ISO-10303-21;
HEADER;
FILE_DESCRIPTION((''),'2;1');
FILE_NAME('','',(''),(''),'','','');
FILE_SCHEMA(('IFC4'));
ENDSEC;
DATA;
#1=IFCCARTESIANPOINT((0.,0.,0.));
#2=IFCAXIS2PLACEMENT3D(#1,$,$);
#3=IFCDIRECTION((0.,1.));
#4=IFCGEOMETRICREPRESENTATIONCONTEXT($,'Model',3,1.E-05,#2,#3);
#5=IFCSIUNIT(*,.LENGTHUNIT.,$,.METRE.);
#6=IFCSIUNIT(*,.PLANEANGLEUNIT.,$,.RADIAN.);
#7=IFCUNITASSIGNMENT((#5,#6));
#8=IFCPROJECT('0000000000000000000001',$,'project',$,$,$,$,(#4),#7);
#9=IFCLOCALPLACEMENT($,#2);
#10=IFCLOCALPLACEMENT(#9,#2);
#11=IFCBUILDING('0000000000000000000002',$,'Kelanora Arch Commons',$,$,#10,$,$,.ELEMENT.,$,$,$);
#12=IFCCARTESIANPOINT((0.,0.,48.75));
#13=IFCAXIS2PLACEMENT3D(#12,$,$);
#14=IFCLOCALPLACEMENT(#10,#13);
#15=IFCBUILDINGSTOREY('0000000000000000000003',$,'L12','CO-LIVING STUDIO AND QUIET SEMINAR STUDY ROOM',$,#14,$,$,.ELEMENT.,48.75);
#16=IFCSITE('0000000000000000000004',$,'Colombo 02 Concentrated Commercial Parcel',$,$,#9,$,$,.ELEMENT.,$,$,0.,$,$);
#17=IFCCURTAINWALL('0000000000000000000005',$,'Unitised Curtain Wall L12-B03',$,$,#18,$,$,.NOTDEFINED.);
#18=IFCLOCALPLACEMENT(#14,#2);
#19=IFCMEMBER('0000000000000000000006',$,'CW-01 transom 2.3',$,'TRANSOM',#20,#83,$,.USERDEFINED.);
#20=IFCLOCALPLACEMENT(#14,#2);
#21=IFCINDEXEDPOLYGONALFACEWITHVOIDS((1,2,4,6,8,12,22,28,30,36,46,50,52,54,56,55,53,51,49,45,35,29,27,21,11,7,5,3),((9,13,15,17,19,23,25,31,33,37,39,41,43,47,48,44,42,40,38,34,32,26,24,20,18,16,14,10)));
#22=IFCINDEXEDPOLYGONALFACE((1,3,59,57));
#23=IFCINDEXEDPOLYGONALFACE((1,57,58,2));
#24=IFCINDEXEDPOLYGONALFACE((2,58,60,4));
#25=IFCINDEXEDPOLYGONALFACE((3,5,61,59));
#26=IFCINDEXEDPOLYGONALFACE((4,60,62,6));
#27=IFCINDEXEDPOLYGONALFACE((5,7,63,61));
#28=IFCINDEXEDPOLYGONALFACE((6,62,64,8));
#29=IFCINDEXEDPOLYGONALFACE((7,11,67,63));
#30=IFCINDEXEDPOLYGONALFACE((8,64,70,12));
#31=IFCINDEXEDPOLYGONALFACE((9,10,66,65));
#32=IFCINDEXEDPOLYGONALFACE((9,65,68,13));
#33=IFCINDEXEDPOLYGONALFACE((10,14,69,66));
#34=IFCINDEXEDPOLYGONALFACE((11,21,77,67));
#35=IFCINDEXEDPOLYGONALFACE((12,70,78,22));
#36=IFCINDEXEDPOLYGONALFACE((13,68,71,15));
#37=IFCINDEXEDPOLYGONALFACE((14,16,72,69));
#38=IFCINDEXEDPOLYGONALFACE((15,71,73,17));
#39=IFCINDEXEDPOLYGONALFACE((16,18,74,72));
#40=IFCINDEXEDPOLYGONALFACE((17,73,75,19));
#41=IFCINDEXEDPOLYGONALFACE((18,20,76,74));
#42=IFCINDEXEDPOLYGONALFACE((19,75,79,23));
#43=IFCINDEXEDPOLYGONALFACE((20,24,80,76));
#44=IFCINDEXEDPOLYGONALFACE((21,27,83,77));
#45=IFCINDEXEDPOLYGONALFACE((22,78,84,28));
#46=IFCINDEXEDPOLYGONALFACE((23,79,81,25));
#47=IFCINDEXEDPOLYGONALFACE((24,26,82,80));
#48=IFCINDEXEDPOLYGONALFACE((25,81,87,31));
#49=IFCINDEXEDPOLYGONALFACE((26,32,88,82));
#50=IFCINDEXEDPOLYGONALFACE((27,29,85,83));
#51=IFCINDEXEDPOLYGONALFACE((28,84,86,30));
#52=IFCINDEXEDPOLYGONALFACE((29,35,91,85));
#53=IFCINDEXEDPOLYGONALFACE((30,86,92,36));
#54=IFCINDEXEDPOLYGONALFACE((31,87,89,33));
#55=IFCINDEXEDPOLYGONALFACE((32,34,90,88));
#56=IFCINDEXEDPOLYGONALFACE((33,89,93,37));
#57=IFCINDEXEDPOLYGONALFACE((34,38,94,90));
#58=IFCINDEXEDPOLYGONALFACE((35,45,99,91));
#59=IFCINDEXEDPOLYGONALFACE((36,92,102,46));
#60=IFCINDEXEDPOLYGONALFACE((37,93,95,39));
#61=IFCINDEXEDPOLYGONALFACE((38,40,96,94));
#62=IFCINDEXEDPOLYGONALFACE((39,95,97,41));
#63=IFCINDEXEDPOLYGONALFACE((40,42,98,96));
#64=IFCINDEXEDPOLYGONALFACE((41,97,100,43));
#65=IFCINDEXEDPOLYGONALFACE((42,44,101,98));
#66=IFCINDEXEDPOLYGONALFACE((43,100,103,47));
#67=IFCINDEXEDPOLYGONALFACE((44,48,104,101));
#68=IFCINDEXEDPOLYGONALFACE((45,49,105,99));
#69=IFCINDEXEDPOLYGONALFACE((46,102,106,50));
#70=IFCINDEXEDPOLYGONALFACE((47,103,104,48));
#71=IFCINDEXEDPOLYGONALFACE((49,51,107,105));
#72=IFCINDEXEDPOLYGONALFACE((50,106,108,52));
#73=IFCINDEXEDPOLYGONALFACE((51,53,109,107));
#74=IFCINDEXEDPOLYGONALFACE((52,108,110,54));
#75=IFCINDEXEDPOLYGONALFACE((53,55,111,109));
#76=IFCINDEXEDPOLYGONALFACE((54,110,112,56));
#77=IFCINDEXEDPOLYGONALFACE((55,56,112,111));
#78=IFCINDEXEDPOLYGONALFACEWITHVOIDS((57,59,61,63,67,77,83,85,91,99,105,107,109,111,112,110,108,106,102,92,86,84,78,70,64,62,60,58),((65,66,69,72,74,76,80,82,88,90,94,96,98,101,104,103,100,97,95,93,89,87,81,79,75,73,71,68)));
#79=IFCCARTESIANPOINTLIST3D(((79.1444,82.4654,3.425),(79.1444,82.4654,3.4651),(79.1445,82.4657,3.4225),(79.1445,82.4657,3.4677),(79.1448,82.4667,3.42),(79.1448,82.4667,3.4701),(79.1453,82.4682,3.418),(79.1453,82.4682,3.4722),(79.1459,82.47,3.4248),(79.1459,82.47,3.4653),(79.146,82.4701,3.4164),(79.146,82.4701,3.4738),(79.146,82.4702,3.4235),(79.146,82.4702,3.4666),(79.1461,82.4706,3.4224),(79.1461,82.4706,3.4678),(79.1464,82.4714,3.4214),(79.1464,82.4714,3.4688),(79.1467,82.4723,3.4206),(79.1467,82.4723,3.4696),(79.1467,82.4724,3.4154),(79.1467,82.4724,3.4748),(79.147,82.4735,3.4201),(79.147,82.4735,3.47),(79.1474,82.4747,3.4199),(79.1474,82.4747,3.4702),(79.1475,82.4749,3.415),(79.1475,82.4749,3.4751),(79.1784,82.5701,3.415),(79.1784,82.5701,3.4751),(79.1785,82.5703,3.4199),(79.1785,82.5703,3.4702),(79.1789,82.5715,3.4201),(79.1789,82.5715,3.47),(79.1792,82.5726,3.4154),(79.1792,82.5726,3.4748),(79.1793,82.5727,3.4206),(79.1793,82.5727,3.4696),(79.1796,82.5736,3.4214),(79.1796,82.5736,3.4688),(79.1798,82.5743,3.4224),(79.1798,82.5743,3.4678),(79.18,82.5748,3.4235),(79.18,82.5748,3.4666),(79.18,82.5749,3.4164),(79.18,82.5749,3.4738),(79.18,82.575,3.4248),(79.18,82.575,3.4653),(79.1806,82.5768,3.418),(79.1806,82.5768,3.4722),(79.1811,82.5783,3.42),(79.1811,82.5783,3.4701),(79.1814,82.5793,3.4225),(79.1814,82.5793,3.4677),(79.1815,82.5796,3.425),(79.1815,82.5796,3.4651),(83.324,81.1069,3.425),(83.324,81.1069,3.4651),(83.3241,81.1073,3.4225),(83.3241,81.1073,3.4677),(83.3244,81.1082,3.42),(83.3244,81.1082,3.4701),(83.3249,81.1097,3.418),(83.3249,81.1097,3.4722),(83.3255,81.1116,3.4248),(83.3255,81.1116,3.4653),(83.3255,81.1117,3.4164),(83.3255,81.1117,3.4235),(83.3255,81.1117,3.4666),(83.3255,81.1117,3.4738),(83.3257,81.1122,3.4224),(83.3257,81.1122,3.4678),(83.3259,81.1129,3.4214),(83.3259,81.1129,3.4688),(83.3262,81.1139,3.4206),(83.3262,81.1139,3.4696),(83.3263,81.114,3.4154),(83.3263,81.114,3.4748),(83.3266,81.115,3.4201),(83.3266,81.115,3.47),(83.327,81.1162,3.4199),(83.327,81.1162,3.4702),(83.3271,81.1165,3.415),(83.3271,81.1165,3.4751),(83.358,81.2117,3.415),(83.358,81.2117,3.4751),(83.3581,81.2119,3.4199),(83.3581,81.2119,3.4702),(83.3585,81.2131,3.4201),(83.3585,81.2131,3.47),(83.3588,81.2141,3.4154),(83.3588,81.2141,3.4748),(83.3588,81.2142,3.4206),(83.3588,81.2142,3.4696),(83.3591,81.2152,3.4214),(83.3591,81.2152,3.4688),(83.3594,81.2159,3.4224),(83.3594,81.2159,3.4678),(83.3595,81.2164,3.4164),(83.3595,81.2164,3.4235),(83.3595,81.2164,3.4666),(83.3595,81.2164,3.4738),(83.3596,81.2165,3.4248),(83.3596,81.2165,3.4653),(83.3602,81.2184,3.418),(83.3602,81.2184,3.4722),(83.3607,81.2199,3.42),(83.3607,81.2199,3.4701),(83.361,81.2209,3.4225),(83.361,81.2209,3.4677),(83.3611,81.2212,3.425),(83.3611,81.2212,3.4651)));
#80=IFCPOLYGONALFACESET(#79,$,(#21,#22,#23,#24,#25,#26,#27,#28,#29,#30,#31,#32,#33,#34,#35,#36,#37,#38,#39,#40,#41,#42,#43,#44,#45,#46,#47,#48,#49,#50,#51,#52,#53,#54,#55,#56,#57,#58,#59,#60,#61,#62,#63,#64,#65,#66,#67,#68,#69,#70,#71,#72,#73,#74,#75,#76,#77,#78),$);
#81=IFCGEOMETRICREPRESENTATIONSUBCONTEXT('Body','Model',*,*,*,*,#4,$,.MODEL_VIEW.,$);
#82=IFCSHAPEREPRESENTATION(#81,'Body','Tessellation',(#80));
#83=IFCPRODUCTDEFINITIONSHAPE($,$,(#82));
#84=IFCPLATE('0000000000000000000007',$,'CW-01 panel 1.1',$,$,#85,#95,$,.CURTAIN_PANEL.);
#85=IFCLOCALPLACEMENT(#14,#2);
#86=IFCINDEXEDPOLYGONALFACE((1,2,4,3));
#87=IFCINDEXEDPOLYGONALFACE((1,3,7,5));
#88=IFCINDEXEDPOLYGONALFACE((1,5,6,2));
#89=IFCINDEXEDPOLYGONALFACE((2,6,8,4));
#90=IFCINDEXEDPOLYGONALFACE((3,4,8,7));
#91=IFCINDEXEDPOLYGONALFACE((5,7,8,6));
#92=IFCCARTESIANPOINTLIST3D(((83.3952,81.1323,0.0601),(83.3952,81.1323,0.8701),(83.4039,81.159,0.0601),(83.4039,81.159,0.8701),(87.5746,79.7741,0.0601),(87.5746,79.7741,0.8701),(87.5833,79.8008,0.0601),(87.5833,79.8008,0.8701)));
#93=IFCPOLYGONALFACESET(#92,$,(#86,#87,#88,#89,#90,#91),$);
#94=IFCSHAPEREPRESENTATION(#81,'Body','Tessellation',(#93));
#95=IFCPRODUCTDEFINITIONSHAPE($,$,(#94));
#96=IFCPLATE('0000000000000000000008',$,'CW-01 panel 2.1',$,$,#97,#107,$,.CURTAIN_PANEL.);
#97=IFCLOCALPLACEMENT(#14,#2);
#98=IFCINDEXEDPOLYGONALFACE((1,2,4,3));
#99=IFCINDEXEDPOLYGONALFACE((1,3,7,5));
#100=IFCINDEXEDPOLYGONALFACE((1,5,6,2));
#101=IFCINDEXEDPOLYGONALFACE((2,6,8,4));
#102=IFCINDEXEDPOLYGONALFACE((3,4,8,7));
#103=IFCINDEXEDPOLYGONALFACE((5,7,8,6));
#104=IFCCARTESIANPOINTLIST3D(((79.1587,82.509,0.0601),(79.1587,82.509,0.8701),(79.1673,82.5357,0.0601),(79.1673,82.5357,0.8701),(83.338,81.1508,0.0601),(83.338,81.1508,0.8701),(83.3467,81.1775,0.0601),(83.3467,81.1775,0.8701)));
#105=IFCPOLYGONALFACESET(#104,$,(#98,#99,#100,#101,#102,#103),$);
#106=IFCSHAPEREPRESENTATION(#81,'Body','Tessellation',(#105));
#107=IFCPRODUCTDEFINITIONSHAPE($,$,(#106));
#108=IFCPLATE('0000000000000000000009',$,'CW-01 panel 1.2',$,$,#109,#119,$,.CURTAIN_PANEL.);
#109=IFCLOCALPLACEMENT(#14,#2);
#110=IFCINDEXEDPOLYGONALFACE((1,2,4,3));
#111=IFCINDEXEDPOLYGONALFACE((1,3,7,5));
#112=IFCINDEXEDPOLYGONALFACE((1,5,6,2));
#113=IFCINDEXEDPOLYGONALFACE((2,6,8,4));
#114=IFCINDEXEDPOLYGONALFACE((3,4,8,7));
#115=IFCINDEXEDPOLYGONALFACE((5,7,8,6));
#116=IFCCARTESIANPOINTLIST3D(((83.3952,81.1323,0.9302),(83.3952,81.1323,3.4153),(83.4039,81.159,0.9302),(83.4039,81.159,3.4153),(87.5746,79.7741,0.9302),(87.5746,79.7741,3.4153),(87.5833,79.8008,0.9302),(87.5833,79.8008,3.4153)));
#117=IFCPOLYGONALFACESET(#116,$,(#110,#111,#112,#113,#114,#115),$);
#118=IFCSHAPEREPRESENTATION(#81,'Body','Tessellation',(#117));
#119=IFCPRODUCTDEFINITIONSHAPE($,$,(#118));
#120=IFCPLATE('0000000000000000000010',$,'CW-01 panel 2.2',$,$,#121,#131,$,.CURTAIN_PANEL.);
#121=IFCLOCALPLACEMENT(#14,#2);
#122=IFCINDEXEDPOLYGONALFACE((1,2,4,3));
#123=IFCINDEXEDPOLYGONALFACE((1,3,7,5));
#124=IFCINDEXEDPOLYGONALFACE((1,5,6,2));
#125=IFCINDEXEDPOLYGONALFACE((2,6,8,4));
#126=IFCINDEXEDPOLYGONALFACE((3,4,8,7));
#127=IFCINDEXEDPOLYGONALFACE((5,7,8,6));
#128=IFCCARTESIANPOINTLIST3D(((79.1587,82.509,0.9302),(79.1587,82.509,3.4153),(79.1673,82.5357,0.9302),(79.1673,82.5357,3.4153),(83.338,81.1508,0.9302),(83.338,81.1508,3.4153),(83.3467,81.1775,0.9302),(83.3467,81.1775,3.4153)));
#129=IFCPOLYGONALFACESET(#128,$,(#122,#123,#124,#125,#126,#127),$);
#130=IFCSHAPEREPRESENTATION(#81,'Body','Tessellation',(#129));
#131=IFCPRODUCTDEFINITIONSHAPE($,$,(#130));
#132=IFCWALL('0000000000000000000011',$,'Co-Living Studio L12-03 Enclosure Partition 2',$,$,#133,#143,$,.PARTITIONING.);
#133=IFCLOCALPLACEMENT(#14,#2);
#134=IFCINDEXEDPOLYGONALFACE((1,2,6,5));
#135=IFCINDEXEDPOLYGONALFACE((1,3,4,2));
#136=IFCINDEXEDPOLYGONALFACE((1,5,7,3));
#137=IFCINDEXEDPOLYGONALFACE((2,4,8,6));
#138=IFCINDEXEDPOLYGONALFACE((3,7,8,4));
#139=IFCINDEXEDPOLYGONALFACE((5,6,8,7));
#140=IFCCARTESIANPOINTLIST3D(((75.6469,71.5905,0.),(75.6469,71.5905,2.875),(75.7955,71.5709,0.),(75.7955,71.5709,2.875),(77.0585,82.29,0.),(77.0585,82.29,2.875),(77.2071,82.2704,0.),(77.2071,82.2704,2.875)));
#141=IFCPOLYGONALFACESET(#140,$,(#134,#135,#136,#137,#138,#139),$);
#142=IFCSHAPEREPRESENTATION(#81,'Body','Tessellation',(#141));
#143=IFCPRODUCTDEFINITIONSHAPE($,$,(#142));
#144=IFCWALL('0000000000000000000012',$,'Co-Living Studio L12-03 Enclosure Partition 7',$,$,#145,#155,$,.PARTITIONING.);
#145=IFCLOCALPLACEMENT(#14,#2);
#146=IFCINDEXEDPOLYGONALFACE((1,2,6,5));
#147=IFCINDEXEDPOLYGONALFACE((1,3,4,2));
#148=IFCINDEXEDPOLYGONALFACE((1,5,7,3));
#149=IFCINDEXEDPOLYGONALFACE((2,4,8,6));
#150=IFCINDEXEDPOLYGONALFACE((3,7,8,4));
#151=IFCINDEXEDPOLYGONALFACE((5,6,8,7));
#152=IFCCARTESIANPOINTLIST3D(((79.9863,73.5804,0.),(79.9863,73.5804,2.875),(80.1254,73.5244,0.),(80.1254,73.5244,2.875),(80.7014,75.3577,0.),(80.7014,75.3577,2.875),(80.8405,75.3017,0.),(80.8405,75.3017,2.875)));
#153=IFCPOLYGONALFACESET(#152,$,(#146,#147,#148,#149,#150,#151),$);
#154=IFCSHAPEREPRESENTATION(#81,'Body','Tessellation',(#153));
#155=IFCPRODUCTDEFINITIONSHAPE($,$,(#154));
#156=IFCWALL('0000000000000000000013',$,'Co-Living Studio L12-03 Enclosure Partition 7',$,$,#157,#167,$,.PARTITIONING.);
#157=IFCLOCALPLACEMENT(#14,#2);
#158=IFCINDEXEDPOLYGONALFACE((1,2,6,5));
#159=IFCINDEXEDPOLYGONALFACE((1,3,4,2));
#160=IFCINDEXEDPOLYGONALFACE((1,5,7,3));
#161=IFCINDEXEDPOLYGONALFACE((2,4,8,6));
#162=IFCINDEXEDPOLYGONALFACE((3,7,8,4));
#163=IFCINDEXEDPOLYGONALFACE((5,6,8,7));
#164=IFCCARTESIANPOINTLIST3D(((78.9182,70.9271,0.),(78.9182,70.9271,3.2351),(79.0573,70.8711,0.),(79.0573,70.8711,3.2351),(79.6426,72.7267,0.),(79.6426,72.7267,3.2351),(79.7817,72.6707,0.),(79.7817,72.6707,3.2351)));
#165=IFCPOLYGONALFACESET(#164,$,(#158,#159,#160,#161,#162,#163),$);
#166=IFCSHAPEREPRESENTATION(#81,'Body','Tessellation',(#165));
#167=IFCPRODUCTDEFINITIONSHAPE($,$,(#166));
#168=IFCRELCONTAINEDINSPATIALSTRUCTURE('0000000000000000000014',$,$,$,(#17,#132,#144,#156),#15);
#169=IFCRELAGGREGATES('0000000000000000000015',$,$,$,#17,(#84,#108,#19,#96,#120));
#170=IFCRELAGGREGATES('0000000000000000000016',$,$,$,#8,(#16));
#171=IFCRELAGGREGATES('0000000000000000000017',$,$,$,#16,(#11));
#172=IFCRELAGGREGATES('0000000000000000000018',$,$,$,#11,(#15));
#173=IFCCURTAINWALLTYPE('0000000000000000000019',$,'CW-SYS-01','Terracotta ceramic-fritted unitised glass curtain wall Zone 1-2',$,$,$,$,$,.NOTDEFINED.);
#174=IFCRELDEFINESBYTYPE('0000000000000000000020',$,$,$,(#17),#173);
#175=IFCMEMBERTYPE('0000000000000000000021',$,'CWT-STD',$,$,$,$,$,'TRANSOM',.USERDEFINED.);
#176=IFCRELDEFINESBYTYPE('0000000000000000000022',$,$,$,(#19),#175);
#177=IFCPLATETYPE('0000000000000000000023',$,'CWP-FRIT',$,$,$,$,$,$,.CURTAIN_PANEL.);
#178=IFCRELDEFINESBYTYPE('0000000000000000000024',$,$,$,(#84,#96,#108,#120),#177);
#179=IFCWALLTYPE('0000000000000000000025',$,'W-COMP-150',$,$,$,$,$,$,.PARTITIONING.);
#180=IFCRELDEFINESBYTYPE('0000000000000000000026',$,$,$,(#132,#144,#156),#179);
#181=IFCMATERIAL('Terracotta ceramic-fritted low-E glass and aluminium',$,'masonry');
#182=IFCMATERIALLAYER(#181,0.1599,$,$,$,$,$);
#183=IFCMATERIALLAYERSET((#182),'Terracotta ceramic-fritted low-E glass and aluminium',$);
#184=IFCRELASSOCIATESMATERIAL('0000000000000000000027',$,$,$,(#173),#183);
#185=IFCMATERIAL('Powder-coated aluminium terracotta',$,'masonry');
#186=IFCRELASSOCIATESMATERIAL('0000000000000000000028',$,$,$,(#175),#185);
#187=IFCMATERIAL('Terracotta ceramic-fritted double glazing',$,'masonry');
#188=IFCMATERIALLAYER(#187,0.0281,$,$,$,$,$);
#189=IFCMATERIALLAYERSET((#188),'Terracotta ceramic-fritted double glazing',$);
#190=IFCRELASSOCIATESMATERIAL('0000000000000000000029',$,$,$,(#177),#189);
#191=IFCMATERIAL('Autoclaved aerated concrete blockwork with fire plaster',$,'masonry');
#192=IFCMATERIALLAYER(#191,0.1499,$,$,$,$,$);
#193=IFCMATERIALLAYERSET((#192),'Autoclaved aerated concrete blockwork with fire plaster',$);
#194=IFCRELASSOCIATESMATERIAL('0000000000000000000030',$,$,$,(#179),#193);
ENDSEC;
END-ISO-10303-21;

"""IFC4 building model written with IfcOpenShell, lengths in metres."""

from ifc_helpers import new_model, si_unit, direction, frame, frame_2d, origin, origin_2d, place, context, subcontext, project, spatial, rectangle, hollow_rectangle, extrude, source, transform, mapped, material, layer, layer_set, material_profile, profile_set, type_object, element, aggregate, save


model = new_model("IFC4")

# Units and contexts
model_context = context("Model", 3, precision=1e-05, world=origin(), true_north=direction((0.0, 1.0)))
body_context = subcontext(model_context, "Body", "Model", "MODEL_VIEW")
ifc_project = project(units=[si_unit("LENGTHUNIT", "METRE"), si_unit("PLANEANGLEUNIT", "RADIAN")], contexts=[model_context])

# Site, building, storey
site_placement = place(None, origin())
site = spatial("IfcSite", under=ifc_project, at=site_placement, Name="Colombo 02 Concentrated Commercial Parcel", CompositionType="ELEMENT", RefElevation=0.0)
building_placement = place(site_placement, origin())
building = spatial("IfcBuilding", under=site, at=building_placement, Name="Kelanora Arch Commons", CompositionType="ELEMENT")
storey_placement = place(building_placement, frame((0.0, 0.0, 48.75)))
storey = spatial("IfcBuildingStorey", under=building, at=storey_placement, Name="L12", Description="CO-LIVING STUDIO AND QUIET SEMINAR STUDY ROOM", CompositionType="ELEMENT", Elevation=48.75)

# Curtain wall, member, plates
ifc_material_1 = material(Name="Terracotta ceramic-fritted low-E glass and aluminium", Category="masonry")
ifc_layer_1 = layer(ifc_material_1, 0.1599)
ifc_layer_set_1 = layer_set([ifc_layer_1], Name="Terracotta ceramic-fritted low-E glass and aluminium")
curtain_wall_type = type_object("IfcCurtainWallType", Name="CW-SYS-01", Description="Terracotta ceramic-fritted unitised glass curtain wall Zone 1-2", PredefinedType="NOTDEFINED", material=ifc_layer_set_1)
curtain_wall_placement = place(storey_placement, origin())
curtain_wall = element("IfcCurtainWall", 1, at=curtain_wall_placement, inside=storey, type_object=curtain_wall_type, Name="Unitised Curtain Wall L12-B03", PredefinedType="NOTDEFINED")
ifc_material_2 = material(Name="Powder-coated aluminium terracotta", Category="masonry")
ifc_material_profile_1 = material_profile(ifc_material_2, hollow_rectangle(XDim=0.1201, YDim=0.0601, WallThickness=0.0049, InnerFilletRadius=0.0049, OuterFilletRadius=0.01, at=origin_2d()), Name="CWT120x60")
ifc_profile_set_1 = profile_set([ifc_material_profile_1], Name="Powder-coated aluminium terracotta")
member_type_1 = type_object("IfcMemberType", Name="CWT-STD", ElementType="TRANSOM", PredefinedType="USERDEFINED", material=ifc_profile_set_1)
member_1_placement = place(storey_placement, frame((83.3425, 81.1641, 3.4451), z_axis=(-0.951029, 0.309102, 0.0), x_axis=(-0.309102, -0.951029, 0.0)))
member_1 = element("IfcMember", 2, at=member_1_placement, type_object=member_type_1, Name="CW-01 transom 2.3", ObjectType="TRANSOM", PredefinedType="USERDEFINED", context=body_context, shape_type="SweptSolid", body=[
    extrude(hollow_rectangle(XDim=0.1201, YDim=0.0601, WallThickness=0.0049, InnerFilletRadius=0.0049, OuterFilletRadius=0.01, at=origin_2d()), origin(), (0.0, 0.0, 1.0), 4.3948),
])
ifc_material_3 = material(Name="Terracotta ceramic-fritted double glazing", Category="masonry")
ifc_layer_2 = layer(ifc_material_3, 0.0281)
ifc_layer_set_2 = layer_set([ifc_layer_2], Name="Terracotta ceramic-fritted double glazing")
plate_type = type_object("IfcPlateType", Name="CWP-FRIT", PredefinedType="CURTAIN_PANEL", material=ifc_layer_set_2)
shared_shape_1 = source(origin(), body_context, "Body", "SweptSolid", [
    extrude(rectangle(XDim=4.3945, YDim=0.0281, at=origin_2d()), origin(), (0.0, 0.0, 1.0), 0.8101),
])
plate_1_placement = place(storey_placement, frame((85.4893, 80.4666, 0.0601), z_axis=(0.0, 0.0, 1.0), x_axis=(-0.951043, 0.309058, 0.0)))
plate_1 = element("IfcPlate", 3, at=plate_1_placement, type_object=plate_type, Name="CW-01 panel 1.1", PredefinedType="CURTAIN_PANEL", context=body_context, shape_type="MappedRepresentation", body=[
    mapped(shared_shape_1, transform((0.0, 0.0, 0.0), scale=1.0)),
])
plate_2_placement = place(storey_placement, frame((81.2527, 81.8433, 0.0601), z_axis=(0.0, 0.0, 1.0), x_axis=(-0.951043, 0.309058, 0.0)))
plate_2 = element("IfcPlate", 4, at=plate_2_placement, type_object=plate_type, Name="CW-01 panel 2.1", PredefinedType="CURTAIN_PANEL", context=body_context, shape_type="MappedRepresentation", body=[
    mapped(shared_shape_1, transform((0.0, 0.0, 0.0), scale=1.0)),
])
shared_shape_2 = source(origin(), body_context, "Body", "SweptSolid", [
    extrude(rectangle(XDim=4.3945, YDim=0.0281, at=origin_2d()), origin(), (0.0, 0.0, 1.0), 2.4851),
])
plate_3_placement = place(storey_placement, frame((85.4893, 80.4666, 0.9302), z_axis=(0.0, 0.0, 1.0), x_axis=(-0.951043, 0.309058, 0.0)))
plate_3 = element("IfcPlate", 5, at=plate_3_placement, type_object=plate_type, Name="CW-01 panel 1.2", PredefinedType="CURTAIN_PANEL", context=body_context, shape_type="MappedRepresentation", body=[
    mapped(shared_shape_2, transform((0.0, 0.0, 0.0), scale=1.0)),
])
plate_4_placement = place(storey_placement, frame((81.2527, 81.8433, 0.9302), z_axis=(0.0, 0.0, 1.0), x_axis=(-0.951043, 0.309058, 0.0)))
plate_4 = element("IfcPlate", 6, at=plate_4_placement, type_object=plate_type, Name="CW-01 panel 2.2", PredefinedType="CURTAIN_PANEL", context=body_context, shape_type="MappedRepresentation", body=[
    mapped(shared_shape_2, transform((0.0, 0.0, 0.0), scale=1.0)),
])
aggregate(curtain_wall, [plate_1, plate_3, member_1, plate_2, plate_4])

# Walls
ifc_material_4 = material(Name="Autoclaved aerated concrete blockwork with fire plaster", Category="masonry")
ifc_layer_3 = layer(ifc_material_4, 0.1499)
ifc_layer_set_3 = layer_set([ifc_layer_3], Name="Autoclaved aerated concrete blockwork with fire plaster")
wall_type_1 = type_object("IfcWallType", Name="W-COMP-150", PredefinedType="PARTITIONING", material=ifc_layer_set_3)
wall_1_placement = place(storey_placement, frame((75.7212, 71.5808, 0.0), z_axis=(0.0, 0.0, 1.0), x_axis=(0.1308, 0.991409, 0.0)))
element("IfcWall", 7, at=wall_1_placement, inside=storey, type_object=wall_type_1, Name="Co-Living Studio L12-03 Enclosure Partition 2", PredefinedType="PARTITIONING", context=body_context, shape_type="SweptSolid", body=[
    extrude(rectangle(XDim=10.7922, YDim=0.1499, at=frame_2d((5.396, 0.0))), origin(), (0.0, 0.0, 1.0), 2.875),
])
wall_2_placement = place(storey_placement, frame((80.771, 75.3298, 0.0), z_axis=(0.0, 0.0, 1.0), x_axis=(-0.373258, -0.927728, 0.0)))
element("IfcWall", 8, at=wall_2_placement, inside=storey, type_object=wall_type_1, Name="Co-Living Studio L12-03 Enclosure Partition 7", PredefinedType="PARTITIONING", context=body_context, shape_type="SweptSolid", body=[
    extrude(rectangle(XDim=1.9158, YDim=0.1499, at=frame_2d((0.958, 0.0))), origin(), (0.0, 0.0, 1.0), 2.875),
])
wall_3_placement = place(storey_placement, frame((79.7122, 72.6987, 0.0), z_axis=(0.0, 0.0, 1.0), x_axis=(-0.373408, -0.927667, 0.0)))
element("IfcWall", 9, at=wall_3_placement, inside=storey, type_object=wall_type_1, Name="Co-Living Studio L12-03 Enclosure Partition 7", PredefinedType="PARTITIONING", context=body_context, shape_type="SweptSolid", body=[
    extrude(rectangle(XDim=1.9399, YDim=0.1499, at=frame_2d((0.97, 0.0))), origin(), (0.0, 0.0, 1.0), 3.2351),
])

save(model, "model.ifc")
